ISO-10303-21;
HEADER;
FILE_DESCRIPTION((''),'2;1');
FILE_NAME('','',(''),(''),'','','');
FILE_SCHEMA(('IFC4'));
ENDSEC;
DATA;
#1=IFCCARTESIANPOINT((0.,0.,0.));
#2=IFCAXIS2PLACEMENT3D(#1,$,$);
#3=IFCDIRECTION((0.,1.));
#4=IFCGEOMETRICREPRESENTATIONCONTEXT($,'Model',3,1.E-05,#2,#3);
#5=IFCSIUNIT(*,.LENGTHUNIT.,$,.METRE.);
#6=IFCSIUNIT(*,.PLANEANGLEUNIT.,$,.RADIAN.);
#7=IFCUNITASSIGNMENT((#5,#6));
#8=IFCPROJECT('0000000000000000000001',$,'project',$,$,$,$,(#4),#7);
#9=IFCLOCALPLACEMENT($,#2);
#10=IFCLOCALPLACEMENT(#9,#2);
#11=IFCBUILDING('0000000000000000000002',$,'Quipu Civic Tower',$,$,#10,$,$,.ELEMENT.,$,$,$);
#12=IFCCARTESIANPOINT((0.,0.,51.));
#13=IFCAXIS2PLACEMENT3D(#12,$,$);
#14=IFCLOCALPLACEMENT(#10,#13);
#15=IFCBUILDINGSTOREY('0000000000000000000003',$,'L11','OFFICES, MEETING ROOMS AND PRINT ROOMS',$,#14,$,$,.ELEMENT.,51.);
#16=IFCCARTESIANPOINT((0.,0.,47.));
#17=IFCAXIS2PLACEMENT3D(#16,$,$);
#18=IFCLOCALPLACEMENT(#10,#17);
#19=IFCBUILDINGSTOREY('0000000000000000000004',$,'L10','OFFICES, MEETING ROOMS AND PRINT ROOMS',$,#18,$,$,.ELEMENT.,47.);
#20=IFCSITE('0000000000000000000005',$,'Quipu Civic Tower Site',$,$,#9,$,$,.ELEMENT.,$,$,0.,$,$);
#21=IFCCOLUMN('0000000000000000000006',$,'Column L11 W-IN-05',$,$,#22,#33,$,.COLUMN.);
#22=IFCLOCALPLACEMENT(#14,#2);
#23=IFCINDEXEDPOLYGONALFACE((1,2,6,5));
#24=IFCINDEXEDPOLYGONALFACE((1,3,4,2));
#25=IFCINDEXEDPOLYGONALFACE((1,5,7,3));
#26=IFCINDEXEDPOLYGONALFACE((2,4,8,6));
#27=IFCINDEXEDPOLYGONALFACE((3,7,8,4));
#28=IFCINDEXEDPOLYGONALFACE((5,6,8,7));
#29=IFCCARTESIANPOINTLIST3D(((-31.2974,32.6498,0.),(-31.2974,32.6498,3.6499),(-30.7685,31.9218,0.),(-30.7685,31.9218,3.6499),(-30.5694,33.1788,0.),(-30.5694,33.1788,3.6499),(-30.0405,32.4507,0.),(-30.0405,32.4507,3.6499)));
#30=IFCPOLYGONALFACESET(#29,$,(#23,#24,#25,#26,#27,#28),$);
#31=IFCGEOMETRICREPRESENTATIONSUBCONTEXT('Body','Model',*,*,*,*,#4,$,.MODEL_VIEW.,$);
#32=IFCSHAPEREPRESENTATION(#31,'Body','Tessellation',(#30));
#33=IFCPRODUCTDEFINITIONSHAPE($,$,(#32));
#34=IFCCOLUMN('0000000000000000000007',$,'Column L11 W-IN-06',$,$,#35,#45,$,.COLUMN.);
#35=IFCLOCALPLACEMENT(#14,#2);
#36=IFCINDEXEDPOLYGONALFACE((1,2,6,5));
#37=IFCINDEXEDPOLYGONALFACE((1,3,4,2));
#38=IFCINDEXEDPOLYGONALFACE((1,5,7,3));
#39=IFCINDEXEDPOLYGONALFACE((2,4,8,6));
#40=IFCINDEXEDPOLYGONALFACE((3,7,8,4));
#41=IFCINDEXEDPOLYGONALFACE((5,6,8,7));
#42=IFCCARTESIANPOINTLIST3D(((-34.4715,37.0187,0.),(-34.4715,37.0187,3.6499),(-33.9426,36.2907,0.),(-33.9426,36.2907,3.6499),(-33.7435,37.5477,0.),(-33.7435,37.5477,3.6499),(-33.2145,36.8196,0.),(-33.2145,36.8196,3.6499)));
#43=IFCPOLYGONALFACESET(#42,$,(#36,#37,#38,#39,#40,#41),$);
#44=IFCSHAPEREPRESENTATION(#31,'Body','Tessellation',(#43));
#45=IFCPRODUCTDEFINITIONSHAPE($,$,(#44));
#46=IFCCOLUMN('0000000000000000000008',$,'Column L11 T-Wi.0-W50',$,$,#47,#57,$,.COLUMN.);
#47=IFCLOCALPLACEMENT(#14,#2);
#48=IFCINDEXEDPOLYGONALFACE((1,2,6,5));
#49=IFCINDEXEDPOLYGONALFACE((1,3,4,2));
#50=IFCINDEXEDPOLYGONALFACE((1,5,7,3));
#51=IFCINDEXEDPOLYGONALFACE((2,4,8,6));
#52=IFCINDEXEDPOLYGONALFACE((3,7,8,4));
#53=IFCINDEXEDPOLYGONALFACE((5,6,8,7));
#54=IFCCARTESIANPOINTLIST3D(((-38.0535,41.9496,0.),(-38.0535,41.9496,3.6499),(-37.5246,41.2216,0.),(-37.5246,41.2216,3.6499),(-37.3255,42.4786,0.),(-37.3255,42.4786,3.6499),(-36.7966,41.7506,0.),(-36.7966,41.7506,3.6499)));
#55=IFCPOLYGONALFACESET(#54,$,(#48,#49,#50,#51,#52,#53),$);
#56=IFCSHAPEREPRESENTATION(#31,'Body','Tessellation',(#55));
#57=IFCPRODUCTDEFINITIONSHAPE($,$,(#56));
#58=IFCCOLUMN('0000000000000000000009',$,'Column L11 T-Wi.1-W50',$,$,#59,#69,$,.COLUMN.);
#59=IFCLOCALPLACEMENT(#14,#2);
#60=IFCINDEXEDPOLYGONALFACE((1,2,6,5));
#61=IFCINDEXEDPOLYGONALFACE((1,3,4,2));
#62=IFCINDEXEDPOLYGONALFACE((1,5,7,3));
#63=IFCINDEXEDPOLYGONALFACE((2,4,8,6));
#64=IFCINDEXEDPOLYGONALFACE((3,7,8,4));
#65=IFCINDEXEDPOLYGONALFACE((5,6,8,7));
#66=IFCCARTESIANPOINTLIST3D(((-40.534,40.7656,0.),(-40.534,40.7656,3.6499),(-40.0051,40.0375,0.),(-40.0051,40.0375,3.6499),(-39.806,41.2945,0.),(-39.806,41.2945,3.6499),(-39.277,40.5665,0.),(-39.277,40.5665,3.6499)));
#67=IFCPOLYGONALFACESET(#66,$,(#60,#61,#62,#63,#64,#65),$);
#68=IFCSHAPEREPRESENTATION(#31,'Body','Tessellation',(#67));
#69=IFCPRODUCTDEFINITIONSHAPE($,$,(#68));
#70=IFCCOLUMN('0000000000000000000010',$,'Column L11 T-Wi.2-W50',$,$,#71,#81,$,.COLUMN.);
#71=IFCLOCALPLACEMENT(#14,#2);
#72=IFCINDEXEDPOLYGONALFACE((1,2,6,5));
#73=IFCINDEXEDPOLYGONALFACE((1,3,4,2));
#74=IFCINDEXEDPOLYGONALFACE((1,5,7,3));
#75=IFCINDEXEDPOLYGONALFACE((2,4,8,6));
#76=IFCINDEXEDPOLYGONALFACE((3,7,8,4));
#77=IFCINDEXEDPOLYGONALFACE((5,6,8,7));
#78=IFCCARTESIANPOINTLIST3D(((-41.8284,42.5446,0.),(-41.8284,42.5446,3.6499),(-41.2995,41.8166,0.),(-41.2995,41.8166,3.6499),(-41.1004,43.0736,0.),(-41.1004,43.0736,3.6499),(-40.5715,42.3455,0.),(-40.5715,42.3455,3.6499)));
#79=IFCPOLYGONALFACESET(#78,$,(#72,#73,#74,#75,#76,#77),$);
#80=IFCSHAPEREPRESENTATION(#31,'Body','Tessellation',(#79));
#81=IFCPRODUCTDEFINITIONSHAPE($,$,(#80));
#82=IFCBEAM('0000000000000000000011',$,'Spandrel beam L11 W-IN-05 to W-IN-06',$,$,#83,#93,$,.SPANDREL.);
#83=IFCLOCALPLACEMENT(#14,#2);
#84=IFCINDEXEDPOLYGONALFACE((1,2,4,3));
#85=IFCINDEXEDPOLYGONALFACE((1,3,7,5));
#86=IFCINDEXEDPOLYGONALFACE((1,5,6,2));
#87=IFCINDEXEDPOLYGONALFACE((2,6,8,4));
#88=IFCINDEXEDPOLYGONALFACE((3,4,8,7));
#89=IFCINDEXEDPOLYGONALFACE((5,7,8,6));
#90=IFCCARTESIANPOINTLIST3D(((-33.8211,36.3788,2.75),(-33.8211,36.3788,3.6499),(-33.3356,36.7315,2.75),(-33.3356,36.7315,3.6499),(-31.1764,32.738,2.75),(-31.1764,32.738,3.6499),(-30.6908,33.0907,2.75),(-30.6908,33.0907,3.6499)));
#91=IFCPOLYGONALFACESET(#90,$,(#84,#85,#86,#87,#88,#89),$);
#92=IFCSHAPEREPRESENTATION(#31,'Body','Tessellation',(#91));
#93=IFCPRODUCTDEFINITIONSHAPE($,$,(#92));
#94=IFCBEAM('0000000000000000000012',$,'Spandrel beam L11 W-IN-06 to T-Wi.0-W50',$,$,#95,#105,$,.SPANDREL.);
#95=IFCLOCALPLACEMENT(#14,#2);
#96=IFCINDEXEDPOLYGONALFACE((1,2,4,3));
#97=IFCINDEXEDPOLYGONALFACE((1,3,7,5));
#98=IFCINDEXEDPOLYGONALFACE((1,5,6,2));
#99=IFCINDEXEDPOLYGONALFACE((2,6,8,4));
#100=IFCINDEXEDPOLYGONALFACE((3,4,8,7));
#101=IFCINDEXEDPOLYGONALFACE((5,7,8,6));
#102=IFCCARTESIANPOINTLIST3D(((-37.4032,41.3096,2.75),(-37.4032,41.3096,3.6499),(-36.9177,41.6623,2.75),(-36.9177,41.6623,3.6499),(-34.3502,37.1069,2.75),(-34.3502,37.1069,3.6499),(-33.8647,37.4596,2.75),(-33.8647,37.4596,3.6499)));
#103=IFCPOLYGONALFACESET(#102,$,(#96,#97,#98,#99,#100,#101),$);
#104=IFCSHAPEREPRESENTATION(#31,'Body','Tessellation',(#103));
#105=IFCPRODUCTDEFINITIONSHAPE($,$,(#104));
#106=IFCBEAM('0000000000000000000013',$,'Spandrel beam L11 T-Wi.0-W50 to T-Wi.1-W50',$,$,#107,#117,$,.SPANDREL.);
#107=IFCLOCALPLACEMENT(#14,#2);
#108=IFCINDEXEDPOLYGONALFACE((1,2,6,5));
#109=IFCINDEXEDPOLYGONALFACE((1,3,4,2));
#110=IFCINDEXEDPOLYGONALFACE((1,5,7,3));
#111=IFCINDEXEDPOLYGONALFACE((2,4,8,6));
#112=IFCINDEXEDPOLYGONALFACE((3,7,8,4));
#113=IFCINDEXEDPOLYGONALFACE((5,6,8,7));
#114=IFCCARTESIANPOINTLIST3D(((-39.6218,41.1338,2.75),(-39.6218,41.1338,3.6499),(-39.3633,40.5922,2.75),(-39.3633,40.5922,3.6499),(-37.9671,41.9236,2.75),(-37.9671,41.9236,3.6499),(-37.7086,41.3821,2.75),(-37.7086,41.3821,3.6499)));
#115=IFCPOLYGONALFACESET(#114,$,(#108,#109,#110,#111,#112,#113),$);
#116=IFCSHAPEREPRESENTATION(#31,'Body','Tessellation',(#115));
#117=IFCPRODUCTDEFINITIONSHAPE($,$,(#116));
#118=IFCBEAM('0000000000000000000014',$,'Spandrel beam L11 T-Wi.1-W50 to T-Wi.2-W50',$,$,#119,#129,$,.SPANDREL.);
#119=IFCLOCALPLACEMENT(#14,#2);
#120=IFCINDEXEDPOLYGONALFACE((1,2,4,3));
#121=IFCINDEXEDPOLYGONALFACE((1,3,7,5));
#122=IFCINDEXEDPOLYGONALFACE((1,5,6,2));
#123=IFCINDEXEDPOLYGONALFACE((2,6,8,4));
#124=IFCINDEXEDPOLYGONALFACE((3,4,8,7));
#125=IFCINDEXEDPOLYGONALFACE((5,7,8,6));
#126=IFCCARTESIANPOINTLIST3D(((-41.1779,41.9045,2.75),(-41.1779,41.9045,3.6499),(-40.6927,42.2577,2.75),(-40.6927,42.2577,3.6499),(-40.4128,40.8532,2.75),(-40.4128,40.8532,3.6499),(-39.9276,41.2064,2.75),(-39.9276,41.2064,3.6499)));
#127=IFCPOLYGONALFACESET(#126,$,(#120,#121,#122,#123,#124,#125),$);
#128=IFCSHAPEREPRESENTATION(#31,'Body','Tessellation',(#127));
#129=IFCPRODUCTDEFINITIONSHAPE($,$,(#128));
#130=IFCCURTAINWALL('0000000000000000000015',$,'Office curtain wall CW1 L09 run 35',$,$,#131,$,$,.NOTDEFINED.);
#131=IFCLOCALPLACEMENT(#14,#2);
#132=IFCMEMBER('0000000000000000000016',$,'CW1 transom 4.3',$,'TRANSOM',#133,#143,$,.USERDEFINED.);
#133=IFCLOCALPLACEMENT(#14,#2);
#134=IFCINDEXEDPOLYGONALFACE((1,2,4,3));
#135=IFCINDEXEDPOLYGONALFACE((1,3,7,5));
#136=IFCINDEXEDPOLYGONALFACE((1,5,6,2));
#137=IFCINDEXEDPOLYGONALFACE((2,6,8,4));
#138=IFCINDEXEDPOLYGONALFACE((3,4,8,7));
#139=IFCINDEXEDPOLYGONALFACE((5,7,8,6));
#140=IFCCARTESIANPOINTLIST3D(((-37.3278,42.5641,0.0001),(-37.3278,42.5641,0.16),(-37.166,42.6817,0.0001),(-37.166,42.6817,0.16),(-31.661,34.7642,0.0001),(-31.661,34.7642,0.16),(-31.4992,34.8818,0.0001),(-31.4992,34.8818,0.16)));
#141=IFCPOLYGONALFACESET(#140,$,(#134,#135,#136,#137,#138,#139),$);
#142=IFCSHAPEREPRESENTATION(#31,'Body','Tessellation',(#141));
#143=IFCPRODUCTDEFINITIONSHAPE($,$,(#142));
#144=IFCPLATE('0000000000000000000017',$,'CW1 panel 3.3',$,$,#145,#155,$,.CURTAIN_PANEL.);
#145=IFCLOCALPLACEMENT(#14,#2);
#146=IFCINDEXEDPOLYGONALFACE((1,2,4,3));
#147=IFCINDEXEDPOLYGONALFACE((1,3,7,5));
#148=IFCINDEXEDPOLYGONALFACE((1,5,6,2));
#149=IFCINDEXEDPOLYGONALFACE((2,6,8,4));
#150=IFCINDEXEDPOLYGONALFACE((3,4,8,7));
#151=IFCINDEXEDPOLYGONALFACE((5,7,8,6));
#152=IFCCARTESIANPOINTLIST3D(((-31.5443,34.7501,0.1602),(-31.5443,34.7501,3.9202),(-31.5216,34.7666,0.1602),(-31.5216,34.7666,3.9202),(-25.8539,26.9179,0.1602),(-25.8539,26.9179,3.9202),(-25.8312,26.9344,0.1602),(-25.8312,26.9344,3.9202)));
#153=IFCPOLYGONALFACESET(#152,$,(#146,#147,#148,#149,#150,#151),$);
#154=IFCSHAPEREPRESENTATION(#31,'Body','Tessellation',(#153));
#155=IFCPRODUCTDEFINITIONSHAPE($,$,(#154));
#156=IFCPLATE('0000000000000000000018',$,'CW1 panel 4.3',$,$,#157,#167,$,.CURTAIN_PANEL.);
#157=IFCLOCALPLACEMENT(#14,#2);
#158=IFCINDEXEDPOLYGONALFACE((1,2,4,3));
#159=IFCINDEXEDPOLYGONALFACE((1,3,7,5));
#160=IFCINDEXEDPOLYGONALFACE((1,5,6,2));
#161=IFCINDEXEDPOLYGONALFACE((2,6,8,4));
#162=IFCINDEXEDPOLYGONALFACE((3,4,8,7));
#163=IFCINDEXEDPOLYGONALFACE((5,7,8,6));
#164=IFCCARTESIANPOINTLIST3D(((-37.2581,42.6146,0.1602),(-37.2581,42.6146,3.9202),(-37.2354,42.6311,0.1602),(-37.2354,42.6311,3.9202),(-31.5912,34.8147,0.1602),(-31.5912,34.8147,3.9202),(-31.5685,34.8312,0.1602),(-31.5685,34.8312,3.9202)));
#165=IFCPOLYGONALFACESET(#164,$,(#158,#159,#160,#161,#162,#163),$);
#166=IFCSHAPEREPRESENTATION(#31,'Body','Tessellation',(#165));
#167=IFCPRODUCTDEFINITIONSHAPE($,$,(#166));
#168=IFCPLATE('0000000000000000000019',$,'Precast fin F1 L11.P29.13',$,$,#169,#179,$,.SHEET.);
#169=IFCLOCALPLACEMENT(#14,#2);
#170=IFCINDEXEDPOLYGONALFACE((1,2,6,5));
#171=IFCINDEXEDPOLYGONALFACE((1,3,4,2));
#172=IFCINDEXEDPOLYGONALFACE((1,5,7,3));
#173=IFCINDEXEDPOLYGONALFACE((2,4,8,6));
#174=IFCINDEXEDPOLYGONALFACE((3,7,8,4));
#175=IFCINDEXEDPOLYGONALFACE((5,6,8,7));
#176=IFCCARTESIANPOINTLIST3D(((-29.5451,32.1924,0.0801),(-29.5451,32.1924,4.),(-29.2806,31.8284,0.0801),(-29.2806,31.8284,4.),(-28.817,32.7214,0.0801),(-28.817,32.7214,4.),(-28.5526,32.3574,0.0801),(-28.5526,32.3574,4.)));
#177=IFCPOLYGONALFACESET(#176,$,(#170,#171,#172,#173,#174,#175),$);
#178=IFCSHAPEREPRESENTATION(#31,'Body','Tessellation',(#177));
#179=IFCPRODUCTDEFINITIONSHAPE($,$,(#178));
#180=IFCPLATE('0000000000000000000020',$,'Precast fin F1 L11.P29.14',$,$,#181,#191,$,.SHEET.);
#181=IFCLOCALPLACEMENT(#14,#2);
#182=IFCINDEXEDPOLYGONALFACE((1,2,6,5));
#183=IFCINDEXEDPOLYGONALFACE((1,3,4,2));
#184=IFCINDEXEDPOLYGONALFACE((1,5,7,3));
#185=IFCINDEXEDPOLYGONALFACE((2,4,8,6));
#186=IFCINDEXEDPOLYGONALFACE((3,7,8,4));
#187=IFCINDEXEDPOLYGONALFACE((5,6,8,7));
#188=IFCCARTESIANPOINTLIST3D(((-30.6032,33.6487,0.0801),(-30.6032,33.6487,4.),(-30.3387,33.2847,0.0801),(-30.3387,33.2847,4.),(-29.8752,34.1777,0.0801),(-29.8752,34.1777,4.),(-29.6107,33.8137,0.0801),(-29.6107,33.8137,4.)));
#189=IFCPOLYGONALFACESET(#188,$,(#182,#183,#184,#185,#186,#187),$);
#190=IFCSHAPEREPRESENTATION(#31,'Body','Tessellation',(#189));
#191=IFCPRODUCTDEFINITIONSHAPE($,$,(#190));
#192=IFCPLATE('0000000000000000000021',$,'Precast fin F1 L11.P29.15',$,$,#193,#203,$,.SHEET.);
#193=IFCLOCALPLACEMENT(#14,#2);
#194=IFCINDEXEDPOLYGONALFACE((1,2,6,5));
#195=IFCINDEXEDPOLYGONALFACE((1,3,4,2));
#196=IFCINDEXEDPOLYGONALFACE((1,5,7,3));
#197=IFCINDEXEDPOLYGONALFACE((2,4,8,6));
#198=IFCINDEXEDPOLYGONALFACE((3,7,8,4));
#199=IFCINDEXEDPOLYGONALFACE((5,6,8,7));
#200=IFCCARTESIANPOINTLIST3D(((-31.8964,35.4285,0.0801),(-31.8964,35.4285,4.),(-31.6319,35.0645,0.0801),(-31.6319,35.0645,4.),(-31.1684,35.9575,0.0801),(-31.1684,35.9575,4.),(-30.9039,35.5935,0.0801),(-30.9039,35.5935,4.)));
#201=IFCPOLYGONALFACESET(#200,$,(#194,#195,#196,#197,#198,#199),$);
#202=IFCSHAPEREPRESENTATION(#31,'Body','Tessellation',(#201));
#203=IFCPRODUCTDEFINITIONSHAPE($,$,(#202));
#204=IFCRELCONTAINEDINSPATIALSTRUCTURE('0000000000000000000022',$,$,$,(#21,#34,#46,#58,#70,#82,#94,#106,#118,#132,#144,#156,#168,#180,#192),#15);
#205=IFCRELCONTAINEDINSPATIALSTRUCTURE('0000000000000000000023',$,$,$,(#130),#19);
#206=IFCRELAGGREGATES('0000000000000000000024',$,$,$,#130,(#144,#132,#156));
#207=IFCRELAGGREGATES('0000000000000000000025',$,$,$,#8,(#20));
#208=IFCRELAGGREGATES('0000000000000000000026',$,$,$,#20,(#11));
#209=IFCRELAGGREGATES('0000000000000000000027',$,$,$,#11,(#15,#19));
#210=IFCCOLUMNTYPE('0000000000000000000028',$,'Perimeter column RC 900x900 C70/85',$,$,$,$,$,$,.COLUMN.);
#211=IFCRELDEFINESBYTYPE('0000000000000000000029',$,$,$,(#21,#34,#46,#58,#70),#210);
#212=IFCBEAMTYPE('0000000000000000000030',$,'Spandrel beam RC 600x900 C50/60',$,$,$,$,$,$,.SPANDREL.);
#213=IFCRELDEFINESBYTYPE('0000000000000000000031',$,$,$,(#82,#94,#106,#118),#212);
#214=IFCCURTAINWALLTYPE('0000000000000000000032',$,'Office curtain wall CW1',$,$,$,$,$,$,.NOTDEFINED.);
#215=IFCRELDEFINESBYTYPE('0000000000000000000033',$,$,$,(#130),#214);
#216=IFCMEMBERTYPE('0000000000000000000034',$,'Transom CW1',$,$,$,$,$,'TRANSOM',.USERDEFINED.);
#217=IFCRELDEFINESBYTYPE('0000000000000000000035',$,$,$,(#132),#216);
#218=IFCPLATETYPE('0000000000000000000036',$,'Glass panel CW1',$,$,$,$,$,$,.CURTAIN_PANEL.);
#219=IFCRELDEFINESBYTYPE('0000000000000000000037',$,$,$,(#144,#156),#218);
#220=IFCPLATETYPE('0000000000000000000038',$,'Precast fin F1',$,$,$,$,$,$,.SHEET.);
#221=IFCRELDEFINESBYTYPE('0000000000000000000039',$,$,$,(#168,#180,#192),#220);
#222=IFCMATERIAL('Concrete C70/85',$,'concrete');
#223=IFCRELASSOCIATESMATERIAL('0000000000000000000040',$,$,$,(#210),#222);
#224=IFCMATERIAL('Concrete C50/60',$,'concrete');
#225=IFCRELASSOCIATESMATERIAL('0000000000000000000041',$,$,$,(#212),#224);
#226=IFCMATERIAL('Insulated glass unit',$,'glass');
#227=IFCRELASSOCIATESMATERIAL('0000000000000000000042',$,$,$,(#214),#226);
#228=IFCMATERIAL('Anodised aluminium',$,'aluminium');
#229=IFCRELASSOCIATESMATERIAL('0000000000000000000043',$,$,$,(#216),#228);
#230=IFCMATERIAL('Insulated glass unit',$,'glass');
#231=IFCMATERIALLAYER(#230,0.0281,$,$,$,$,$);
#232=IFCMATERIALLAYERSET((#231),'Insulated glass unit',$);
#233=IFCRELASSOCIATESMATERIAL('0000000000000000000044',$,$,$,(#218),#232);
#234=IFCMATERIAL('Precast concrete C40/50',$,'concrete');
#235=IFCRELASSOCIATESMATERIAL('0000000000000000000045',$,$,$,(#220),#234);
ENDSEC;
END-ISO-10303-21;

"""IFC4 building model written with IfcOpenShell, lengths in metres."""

from ifc_helpers import new_model, si_unit, direction, frame, origin, origin_2d, place, context, subcontext, project, spatial, rectangle, extrude, material, layer, layer_set, material_profile, profile_set, type_object, element, aggregate, save


model = new_model("IFC4")

# Units and contexts
model_context = context("Model", 3, precision=1e-05, world=origin(), true_north=direction((0.0, 1.0)))
body_context = subcontext(model_context, "Body", "Model", "MODEL_VIEW")
ifc_project = project(units=[si_unit("LENGTHUNIT", "METRE"), si_unit("PLANEANGLEUNIT", "RADIAN")], contexts=[model_context])

# Site, building, storey
site_placement = place(None, origin())
site = spatial("IfcSite", under=ifc_project, at=site_placement, Name="Quipu Civic Tower Site", CompositionType="ELEMENT", RefElevation=0.0)
building_placement = place(site_placement, origin())
building = spatial("IfcBuilding", under=site, at=building_placement, Name="Quipu Civic Tower", CompositionType="ELEMENT")
storey_1_placement = place(building_placement, frame((0.0, 0.0, 51.0)))
storey_1 = spatial("IfcBuildingStorey", under=building, at=storey_1_placement, Name="L11", Description="OFFICES, MEETING ROOMS AND PRINT ROOMS", CompositionType="ELEMENT", Elevation=51.0)

# Columns
ifc_material_1 = material(Name="Concrete C70/85", Category="concrete")
ifc_material_profile_1 = material_profile(ifc_material_1, rectangle(XDim=0.8999, YDim=0.8999, at=origin_2d()), Name="RC900x900")
ifc_profile_set_1 = profile_set([ifc_material_profile_1], Name="Concrete C70/85")
column_type = type_object("IfcColumnType", Name="Perimeter column RC 900x900 C70/85", PredefinedType="COLUMN", material=ifc_profile_set_1)
for number, where, z_axis, x_axis, name in (
    (1, (-30.6689, 32.5503, 0.0), (0.0, 0.0, 1.0), (-0.587785, 0.809017, 0.0), "Column L11 W-IN-05"),
    (2, (-33.843, 36.9192, 0.0), (0.0, 0.0, 1.0), (-0.587785, 0.809017, 0.0), "Column L11 W-IN-06"),
    (3, (-37.425, 41.8501, 0.0), (0.0, 0.0, 1.0), (-0.587785, 0.809017, 0.0), "Column L11 T-Wi.0-W50"),
    (4, (-39.9055, 40.666, 0.0), (0.0, 0.0, 1.0), (-0.587785, 0.809017, 0.0), "Column L11 T-Wi.1-W50"),
    (5, (-41.2, 42.4451, 0.0), (0.0, 0.0, 1.0), (-0.587785, 0.809017, 0.0), "Column L11 T-Wi.2-W50"),
):
    element("IfcColumn", number, at=place(storey_1_placement, frame(where, z_axis=z_axis, x_axis=x_axis)), inside=storey_1, type_object=column_type, Name=name, PredefinedType="COLUMN", context=body_context, shape_type="SweptSolid", body=[
        extrude(rectangle(XDim=0.8999, YDim=0.8999, at=origin_2d()), origin(), (0.0, 0.0, 1.0), 3.6499),
    ])

# Beams
ifc_material_2 = material(Name="Concrete C50/60", Category="concrete")
ifc_material_profile_2 = material_profile(ifc_material_2, rectangle(XDim=0.6001, YDim=0.8999, at=origin_2d()), Name="RC600x900")
ifc_profile_set_2 = profile_set([ifc_material_profile_2], Name="Concrete C50/60")
beam_type = type_object("IfcBeamType", Name="Spandrel beam RC 600x900 C50/60", PredefinedType="SPANDREL", material=ifc_profile_set_2)
beam_1_placement = place(storey_1_placement, frame((-30.9336, 32.9143, 3.2), z_axis=(-0.587717, 0.809067, 0.0), x_axis=(-0.809067, -0.587717, 0.0)))
element("IfcBeam", 6, at=beam_1_placement, inside=storey_1, type_object=beam_type, Name="Spandrel beam L11 W-IN-05 to W-IN-06", PredefinedType="SPANDREL", context=body_context, shape_type="SweptSolid", body=[
    extrude(rectangle(XDim=0.6001, YDim=0.8999, at=origin_2d()), origin(), (0.0, 0.0, 1.0), 4.5),
])
beam_2_placement = place(storey_1_placement, frame((-34.1074, 37.2832, 3.2), z_axis=(-0.587733, 0.809055, 0.0), x_axis=(-0.809055, -0.587733, 0.0)))
element("IfcBeam", 7, at=beam_2_placement, inside=storey_1, type_object=beam_type, Name="Spandrel beam L11 W-IN-06 to T-Wi.0-W50", PredefinedType="SPANDREL", context=body_context, shape_type="SweptSolid", body=[
    extrude(rectangle(XDim=0.6001, YDim=0.8999, at=origin_2d()), origin(), (0.0, 0.0, 1.0), 5.1946),
])
beam_3_placement = place(storey_1_placement, frame((-37.8379, 41.6528, 3.2), z_axis=(-0.902454, -0.430786, 0.0), x_axis=(0.430786, -0.902454, 0.0)))
element("IfcBeam", 8, at=beam_3_placement, inside=storey_1, type_object=beam_type, Name="Spandrel beam L11 T-Wi.0-W50 to T-Wi.1-W50", PredefinedType="SPANDREL", context=body_context, shape_type="SweptSolid", body=[
    extrude(rectangle(XDim=0.6001, YDim=0.8999, at=origin_2d()), origin(), (0.0, 0.0, 1.0), 1.8335),
])
beam_4_placement = place(storey_1_placement, frame((-40.1702, 41.0298, 3.2), z_axis=(-0.588462, 0.808525, 0.0), x_axis=(-0.808525, -0.588462, 0.0)))
element("IfcBeam", 9, at=beam_4_placement, inside=storey_1, type_object=beam_type, Name="Spandrel beam L11 T-Wi.1-W50 to T-Wi.2-W50", PredefinedType="SPANDREL", context=body_context, shape_type="SweptSolid", body=[
    extrude(rectangle(XDim=0.6001, YDim=0.8999, at=origin_2d()), origin(), (0.0, 0.0, 1.0), 1.3003),
])

# Shared definitions
storey_2_placement = place(building_placement, frame((0.0, 0.0, 47.0)))
storey_2 = spatial("IfcBuildingStorey", under=building, at=storey_2_placement, Name="L10", Description="OFFICES, MEETING ROOMS AND PRINT ROOMS", CompositionType="ELEMENT", Elevation=47.0)

# Curtain wall, member, plates
ifc_material_3 = material(Name="Insulated glass unit", Category="glass")
curtain_wall_type = type_object("IfcCurtainWallType", Name="Office curtain wall CW1", PredefinedType="NOTDEFINED", material=ifc_material_3)
curtain_wall_placement = place(storey_2_placement, origin())
curtain_wall = element("IfcCurtainWall", 10, at=curtain_wall_placement, inside=storey_2, type_object=curtain_wall_type, Name="Office curtain wall CW1 L09 run 35", PredefinedType="NOTDEFINED")
ifc_material_4 = material(Name="Anodised aluminium", Category="aluminium")
ifc_material_profile_3 = material_profile(ifc_material_4, rectangle(XDim=0.2, YDim=0.1599, at=origin_2d()), Name="RECT 200x160")
ifc_profile_set_3 = profile_set([ifc_material_profile_3], Name="Anodised aluminium")
member_type = type_object("IfcMemberType", Name="Transom CW1", ElementType="TRANSOM", PredefinedType="USERDEFINED", material=ifc_profile_set_3)
member_placement = place(storey_1_placement, frame((-31.5801, 34.823, 0.0801), z_axis=(-0.587776, 0.809024, 0.0), x_axis=(-0.809024, -0.587776, 0.0)))
member = element("IfcMember", 11, at=member_placement, inside=storey_1, type_object=member_type, Name="CW1 transom 4.3", ObjectType="TRANSOM", PredefinedType="USERDEFINED", context=body_context, shape_type="SweptSolid", body=[
    extrude(rectangle(XDim=0.2, YDim=0.1599, at=origin_2d()), origin(), (0.0, 0.0, 1.0), 9.6411),
])
ifc_material_5 = material(Name="Insulated glass unit", Category="glass")
ifc_layer_1 = layer(ifc_material_5, 0.0281)
ifc_layer_set_1 = layer_set([ifc_layer_1], Name="Insulated glass unit")
plate_type_1 = type_object("IfcPlateType", Name="Glass panel CW1", PredefinedType="CURTAIN_PANEL", material=ifc_layer_set_1)
plate_1_placement = place(storey_1_placement, frame((-28.6877, 30.8423, 0.1602), z_axis=(0.0, 0.0, 1.0), x_axis=(-0.587786, 0.809017, 0.0)))
plate_1 = element("IfcPlate", 12, at=plate_1_placement, inside=storey_1, type_object=plate_type_1, Name="CW1 panel 3.3", PredefinedType="CURTAIN_PANEL", context=body_context, shape_type="SweptSolid", body=[
    extrude(rectangle(XDim=9.6812, YDim=0.0281, at=origin_2d()), origin(), (0.0, 0.0, 1.0), 3.76),
])
plate_2_placement = place(storey_1_placement, frame((-34.4133, 38.7229, 0.1602), z_axis=(0.0, 0.0, 1.0), x_axis=(-0.587786, 0.809017, 0.0)))
plate_2 = element("IfcPlate", 13, at=plate_2_placement, inside=storey_1, type_object=plate_type_1, Name="CW1 panel 4.3", PredefinedType="CURTAIN_PANEL", context=body_context, shape_type="SweptSolid", body=[
    extrude(rectangle(XDim=9.6411, YDim=0.0281, at=origin_2d()), origin(), (0.0, 0.0, 1.0), 3.76),
])
aggregate(curtain_wall, [plate_1, member, plate_2])

# Plates
ifc_material_6 = material(Name="Precast concrete C40/50", Category="concrete")
plate_type_2 = type_object("IfcPlateType", Name="Precast fin F1", PredefinedType="SHEET", material=ifc_material_6)
for number, where, z_axis, x_axis, name in (
    (14, (-29.0488, 32.2749, 0.0801), (0.0, 0.0, 1.0), (-0.587785, 0.809017, 0.0), "Precast fin F1 L11.P29.13"),
    (15, (-30.1069, 33.7312, 0.0801), (0.0, 0.0, 1.0), (-0.587785, 0.809017, 0.0), "Precast fin F1 L11.P29.14"),
    (16, (-31.4001, 35.511, 0.0801), (0.0, 0.0, 1.0), (-0.587785, 0.809017, 0.0), "Precast fin F1 L11.P29.15"),
):
    element("IfcPlate", number, at=place(storey_1_placement, frame(where, z_axis=z_axis, x_axis=x_axis)), inside=storey_1, type_object=plate_type_2, Name=name, PredefinedType="SHEET", context=body_context, shape_type="SweptSolid", body=[
        extrude(rectangle(XDim=0.45, YDim=0.8999, at=origin_2d()), origin(), (0.0, 0.0, 1.0), 3.9199),
    ])

save(model, "model.ifc")
